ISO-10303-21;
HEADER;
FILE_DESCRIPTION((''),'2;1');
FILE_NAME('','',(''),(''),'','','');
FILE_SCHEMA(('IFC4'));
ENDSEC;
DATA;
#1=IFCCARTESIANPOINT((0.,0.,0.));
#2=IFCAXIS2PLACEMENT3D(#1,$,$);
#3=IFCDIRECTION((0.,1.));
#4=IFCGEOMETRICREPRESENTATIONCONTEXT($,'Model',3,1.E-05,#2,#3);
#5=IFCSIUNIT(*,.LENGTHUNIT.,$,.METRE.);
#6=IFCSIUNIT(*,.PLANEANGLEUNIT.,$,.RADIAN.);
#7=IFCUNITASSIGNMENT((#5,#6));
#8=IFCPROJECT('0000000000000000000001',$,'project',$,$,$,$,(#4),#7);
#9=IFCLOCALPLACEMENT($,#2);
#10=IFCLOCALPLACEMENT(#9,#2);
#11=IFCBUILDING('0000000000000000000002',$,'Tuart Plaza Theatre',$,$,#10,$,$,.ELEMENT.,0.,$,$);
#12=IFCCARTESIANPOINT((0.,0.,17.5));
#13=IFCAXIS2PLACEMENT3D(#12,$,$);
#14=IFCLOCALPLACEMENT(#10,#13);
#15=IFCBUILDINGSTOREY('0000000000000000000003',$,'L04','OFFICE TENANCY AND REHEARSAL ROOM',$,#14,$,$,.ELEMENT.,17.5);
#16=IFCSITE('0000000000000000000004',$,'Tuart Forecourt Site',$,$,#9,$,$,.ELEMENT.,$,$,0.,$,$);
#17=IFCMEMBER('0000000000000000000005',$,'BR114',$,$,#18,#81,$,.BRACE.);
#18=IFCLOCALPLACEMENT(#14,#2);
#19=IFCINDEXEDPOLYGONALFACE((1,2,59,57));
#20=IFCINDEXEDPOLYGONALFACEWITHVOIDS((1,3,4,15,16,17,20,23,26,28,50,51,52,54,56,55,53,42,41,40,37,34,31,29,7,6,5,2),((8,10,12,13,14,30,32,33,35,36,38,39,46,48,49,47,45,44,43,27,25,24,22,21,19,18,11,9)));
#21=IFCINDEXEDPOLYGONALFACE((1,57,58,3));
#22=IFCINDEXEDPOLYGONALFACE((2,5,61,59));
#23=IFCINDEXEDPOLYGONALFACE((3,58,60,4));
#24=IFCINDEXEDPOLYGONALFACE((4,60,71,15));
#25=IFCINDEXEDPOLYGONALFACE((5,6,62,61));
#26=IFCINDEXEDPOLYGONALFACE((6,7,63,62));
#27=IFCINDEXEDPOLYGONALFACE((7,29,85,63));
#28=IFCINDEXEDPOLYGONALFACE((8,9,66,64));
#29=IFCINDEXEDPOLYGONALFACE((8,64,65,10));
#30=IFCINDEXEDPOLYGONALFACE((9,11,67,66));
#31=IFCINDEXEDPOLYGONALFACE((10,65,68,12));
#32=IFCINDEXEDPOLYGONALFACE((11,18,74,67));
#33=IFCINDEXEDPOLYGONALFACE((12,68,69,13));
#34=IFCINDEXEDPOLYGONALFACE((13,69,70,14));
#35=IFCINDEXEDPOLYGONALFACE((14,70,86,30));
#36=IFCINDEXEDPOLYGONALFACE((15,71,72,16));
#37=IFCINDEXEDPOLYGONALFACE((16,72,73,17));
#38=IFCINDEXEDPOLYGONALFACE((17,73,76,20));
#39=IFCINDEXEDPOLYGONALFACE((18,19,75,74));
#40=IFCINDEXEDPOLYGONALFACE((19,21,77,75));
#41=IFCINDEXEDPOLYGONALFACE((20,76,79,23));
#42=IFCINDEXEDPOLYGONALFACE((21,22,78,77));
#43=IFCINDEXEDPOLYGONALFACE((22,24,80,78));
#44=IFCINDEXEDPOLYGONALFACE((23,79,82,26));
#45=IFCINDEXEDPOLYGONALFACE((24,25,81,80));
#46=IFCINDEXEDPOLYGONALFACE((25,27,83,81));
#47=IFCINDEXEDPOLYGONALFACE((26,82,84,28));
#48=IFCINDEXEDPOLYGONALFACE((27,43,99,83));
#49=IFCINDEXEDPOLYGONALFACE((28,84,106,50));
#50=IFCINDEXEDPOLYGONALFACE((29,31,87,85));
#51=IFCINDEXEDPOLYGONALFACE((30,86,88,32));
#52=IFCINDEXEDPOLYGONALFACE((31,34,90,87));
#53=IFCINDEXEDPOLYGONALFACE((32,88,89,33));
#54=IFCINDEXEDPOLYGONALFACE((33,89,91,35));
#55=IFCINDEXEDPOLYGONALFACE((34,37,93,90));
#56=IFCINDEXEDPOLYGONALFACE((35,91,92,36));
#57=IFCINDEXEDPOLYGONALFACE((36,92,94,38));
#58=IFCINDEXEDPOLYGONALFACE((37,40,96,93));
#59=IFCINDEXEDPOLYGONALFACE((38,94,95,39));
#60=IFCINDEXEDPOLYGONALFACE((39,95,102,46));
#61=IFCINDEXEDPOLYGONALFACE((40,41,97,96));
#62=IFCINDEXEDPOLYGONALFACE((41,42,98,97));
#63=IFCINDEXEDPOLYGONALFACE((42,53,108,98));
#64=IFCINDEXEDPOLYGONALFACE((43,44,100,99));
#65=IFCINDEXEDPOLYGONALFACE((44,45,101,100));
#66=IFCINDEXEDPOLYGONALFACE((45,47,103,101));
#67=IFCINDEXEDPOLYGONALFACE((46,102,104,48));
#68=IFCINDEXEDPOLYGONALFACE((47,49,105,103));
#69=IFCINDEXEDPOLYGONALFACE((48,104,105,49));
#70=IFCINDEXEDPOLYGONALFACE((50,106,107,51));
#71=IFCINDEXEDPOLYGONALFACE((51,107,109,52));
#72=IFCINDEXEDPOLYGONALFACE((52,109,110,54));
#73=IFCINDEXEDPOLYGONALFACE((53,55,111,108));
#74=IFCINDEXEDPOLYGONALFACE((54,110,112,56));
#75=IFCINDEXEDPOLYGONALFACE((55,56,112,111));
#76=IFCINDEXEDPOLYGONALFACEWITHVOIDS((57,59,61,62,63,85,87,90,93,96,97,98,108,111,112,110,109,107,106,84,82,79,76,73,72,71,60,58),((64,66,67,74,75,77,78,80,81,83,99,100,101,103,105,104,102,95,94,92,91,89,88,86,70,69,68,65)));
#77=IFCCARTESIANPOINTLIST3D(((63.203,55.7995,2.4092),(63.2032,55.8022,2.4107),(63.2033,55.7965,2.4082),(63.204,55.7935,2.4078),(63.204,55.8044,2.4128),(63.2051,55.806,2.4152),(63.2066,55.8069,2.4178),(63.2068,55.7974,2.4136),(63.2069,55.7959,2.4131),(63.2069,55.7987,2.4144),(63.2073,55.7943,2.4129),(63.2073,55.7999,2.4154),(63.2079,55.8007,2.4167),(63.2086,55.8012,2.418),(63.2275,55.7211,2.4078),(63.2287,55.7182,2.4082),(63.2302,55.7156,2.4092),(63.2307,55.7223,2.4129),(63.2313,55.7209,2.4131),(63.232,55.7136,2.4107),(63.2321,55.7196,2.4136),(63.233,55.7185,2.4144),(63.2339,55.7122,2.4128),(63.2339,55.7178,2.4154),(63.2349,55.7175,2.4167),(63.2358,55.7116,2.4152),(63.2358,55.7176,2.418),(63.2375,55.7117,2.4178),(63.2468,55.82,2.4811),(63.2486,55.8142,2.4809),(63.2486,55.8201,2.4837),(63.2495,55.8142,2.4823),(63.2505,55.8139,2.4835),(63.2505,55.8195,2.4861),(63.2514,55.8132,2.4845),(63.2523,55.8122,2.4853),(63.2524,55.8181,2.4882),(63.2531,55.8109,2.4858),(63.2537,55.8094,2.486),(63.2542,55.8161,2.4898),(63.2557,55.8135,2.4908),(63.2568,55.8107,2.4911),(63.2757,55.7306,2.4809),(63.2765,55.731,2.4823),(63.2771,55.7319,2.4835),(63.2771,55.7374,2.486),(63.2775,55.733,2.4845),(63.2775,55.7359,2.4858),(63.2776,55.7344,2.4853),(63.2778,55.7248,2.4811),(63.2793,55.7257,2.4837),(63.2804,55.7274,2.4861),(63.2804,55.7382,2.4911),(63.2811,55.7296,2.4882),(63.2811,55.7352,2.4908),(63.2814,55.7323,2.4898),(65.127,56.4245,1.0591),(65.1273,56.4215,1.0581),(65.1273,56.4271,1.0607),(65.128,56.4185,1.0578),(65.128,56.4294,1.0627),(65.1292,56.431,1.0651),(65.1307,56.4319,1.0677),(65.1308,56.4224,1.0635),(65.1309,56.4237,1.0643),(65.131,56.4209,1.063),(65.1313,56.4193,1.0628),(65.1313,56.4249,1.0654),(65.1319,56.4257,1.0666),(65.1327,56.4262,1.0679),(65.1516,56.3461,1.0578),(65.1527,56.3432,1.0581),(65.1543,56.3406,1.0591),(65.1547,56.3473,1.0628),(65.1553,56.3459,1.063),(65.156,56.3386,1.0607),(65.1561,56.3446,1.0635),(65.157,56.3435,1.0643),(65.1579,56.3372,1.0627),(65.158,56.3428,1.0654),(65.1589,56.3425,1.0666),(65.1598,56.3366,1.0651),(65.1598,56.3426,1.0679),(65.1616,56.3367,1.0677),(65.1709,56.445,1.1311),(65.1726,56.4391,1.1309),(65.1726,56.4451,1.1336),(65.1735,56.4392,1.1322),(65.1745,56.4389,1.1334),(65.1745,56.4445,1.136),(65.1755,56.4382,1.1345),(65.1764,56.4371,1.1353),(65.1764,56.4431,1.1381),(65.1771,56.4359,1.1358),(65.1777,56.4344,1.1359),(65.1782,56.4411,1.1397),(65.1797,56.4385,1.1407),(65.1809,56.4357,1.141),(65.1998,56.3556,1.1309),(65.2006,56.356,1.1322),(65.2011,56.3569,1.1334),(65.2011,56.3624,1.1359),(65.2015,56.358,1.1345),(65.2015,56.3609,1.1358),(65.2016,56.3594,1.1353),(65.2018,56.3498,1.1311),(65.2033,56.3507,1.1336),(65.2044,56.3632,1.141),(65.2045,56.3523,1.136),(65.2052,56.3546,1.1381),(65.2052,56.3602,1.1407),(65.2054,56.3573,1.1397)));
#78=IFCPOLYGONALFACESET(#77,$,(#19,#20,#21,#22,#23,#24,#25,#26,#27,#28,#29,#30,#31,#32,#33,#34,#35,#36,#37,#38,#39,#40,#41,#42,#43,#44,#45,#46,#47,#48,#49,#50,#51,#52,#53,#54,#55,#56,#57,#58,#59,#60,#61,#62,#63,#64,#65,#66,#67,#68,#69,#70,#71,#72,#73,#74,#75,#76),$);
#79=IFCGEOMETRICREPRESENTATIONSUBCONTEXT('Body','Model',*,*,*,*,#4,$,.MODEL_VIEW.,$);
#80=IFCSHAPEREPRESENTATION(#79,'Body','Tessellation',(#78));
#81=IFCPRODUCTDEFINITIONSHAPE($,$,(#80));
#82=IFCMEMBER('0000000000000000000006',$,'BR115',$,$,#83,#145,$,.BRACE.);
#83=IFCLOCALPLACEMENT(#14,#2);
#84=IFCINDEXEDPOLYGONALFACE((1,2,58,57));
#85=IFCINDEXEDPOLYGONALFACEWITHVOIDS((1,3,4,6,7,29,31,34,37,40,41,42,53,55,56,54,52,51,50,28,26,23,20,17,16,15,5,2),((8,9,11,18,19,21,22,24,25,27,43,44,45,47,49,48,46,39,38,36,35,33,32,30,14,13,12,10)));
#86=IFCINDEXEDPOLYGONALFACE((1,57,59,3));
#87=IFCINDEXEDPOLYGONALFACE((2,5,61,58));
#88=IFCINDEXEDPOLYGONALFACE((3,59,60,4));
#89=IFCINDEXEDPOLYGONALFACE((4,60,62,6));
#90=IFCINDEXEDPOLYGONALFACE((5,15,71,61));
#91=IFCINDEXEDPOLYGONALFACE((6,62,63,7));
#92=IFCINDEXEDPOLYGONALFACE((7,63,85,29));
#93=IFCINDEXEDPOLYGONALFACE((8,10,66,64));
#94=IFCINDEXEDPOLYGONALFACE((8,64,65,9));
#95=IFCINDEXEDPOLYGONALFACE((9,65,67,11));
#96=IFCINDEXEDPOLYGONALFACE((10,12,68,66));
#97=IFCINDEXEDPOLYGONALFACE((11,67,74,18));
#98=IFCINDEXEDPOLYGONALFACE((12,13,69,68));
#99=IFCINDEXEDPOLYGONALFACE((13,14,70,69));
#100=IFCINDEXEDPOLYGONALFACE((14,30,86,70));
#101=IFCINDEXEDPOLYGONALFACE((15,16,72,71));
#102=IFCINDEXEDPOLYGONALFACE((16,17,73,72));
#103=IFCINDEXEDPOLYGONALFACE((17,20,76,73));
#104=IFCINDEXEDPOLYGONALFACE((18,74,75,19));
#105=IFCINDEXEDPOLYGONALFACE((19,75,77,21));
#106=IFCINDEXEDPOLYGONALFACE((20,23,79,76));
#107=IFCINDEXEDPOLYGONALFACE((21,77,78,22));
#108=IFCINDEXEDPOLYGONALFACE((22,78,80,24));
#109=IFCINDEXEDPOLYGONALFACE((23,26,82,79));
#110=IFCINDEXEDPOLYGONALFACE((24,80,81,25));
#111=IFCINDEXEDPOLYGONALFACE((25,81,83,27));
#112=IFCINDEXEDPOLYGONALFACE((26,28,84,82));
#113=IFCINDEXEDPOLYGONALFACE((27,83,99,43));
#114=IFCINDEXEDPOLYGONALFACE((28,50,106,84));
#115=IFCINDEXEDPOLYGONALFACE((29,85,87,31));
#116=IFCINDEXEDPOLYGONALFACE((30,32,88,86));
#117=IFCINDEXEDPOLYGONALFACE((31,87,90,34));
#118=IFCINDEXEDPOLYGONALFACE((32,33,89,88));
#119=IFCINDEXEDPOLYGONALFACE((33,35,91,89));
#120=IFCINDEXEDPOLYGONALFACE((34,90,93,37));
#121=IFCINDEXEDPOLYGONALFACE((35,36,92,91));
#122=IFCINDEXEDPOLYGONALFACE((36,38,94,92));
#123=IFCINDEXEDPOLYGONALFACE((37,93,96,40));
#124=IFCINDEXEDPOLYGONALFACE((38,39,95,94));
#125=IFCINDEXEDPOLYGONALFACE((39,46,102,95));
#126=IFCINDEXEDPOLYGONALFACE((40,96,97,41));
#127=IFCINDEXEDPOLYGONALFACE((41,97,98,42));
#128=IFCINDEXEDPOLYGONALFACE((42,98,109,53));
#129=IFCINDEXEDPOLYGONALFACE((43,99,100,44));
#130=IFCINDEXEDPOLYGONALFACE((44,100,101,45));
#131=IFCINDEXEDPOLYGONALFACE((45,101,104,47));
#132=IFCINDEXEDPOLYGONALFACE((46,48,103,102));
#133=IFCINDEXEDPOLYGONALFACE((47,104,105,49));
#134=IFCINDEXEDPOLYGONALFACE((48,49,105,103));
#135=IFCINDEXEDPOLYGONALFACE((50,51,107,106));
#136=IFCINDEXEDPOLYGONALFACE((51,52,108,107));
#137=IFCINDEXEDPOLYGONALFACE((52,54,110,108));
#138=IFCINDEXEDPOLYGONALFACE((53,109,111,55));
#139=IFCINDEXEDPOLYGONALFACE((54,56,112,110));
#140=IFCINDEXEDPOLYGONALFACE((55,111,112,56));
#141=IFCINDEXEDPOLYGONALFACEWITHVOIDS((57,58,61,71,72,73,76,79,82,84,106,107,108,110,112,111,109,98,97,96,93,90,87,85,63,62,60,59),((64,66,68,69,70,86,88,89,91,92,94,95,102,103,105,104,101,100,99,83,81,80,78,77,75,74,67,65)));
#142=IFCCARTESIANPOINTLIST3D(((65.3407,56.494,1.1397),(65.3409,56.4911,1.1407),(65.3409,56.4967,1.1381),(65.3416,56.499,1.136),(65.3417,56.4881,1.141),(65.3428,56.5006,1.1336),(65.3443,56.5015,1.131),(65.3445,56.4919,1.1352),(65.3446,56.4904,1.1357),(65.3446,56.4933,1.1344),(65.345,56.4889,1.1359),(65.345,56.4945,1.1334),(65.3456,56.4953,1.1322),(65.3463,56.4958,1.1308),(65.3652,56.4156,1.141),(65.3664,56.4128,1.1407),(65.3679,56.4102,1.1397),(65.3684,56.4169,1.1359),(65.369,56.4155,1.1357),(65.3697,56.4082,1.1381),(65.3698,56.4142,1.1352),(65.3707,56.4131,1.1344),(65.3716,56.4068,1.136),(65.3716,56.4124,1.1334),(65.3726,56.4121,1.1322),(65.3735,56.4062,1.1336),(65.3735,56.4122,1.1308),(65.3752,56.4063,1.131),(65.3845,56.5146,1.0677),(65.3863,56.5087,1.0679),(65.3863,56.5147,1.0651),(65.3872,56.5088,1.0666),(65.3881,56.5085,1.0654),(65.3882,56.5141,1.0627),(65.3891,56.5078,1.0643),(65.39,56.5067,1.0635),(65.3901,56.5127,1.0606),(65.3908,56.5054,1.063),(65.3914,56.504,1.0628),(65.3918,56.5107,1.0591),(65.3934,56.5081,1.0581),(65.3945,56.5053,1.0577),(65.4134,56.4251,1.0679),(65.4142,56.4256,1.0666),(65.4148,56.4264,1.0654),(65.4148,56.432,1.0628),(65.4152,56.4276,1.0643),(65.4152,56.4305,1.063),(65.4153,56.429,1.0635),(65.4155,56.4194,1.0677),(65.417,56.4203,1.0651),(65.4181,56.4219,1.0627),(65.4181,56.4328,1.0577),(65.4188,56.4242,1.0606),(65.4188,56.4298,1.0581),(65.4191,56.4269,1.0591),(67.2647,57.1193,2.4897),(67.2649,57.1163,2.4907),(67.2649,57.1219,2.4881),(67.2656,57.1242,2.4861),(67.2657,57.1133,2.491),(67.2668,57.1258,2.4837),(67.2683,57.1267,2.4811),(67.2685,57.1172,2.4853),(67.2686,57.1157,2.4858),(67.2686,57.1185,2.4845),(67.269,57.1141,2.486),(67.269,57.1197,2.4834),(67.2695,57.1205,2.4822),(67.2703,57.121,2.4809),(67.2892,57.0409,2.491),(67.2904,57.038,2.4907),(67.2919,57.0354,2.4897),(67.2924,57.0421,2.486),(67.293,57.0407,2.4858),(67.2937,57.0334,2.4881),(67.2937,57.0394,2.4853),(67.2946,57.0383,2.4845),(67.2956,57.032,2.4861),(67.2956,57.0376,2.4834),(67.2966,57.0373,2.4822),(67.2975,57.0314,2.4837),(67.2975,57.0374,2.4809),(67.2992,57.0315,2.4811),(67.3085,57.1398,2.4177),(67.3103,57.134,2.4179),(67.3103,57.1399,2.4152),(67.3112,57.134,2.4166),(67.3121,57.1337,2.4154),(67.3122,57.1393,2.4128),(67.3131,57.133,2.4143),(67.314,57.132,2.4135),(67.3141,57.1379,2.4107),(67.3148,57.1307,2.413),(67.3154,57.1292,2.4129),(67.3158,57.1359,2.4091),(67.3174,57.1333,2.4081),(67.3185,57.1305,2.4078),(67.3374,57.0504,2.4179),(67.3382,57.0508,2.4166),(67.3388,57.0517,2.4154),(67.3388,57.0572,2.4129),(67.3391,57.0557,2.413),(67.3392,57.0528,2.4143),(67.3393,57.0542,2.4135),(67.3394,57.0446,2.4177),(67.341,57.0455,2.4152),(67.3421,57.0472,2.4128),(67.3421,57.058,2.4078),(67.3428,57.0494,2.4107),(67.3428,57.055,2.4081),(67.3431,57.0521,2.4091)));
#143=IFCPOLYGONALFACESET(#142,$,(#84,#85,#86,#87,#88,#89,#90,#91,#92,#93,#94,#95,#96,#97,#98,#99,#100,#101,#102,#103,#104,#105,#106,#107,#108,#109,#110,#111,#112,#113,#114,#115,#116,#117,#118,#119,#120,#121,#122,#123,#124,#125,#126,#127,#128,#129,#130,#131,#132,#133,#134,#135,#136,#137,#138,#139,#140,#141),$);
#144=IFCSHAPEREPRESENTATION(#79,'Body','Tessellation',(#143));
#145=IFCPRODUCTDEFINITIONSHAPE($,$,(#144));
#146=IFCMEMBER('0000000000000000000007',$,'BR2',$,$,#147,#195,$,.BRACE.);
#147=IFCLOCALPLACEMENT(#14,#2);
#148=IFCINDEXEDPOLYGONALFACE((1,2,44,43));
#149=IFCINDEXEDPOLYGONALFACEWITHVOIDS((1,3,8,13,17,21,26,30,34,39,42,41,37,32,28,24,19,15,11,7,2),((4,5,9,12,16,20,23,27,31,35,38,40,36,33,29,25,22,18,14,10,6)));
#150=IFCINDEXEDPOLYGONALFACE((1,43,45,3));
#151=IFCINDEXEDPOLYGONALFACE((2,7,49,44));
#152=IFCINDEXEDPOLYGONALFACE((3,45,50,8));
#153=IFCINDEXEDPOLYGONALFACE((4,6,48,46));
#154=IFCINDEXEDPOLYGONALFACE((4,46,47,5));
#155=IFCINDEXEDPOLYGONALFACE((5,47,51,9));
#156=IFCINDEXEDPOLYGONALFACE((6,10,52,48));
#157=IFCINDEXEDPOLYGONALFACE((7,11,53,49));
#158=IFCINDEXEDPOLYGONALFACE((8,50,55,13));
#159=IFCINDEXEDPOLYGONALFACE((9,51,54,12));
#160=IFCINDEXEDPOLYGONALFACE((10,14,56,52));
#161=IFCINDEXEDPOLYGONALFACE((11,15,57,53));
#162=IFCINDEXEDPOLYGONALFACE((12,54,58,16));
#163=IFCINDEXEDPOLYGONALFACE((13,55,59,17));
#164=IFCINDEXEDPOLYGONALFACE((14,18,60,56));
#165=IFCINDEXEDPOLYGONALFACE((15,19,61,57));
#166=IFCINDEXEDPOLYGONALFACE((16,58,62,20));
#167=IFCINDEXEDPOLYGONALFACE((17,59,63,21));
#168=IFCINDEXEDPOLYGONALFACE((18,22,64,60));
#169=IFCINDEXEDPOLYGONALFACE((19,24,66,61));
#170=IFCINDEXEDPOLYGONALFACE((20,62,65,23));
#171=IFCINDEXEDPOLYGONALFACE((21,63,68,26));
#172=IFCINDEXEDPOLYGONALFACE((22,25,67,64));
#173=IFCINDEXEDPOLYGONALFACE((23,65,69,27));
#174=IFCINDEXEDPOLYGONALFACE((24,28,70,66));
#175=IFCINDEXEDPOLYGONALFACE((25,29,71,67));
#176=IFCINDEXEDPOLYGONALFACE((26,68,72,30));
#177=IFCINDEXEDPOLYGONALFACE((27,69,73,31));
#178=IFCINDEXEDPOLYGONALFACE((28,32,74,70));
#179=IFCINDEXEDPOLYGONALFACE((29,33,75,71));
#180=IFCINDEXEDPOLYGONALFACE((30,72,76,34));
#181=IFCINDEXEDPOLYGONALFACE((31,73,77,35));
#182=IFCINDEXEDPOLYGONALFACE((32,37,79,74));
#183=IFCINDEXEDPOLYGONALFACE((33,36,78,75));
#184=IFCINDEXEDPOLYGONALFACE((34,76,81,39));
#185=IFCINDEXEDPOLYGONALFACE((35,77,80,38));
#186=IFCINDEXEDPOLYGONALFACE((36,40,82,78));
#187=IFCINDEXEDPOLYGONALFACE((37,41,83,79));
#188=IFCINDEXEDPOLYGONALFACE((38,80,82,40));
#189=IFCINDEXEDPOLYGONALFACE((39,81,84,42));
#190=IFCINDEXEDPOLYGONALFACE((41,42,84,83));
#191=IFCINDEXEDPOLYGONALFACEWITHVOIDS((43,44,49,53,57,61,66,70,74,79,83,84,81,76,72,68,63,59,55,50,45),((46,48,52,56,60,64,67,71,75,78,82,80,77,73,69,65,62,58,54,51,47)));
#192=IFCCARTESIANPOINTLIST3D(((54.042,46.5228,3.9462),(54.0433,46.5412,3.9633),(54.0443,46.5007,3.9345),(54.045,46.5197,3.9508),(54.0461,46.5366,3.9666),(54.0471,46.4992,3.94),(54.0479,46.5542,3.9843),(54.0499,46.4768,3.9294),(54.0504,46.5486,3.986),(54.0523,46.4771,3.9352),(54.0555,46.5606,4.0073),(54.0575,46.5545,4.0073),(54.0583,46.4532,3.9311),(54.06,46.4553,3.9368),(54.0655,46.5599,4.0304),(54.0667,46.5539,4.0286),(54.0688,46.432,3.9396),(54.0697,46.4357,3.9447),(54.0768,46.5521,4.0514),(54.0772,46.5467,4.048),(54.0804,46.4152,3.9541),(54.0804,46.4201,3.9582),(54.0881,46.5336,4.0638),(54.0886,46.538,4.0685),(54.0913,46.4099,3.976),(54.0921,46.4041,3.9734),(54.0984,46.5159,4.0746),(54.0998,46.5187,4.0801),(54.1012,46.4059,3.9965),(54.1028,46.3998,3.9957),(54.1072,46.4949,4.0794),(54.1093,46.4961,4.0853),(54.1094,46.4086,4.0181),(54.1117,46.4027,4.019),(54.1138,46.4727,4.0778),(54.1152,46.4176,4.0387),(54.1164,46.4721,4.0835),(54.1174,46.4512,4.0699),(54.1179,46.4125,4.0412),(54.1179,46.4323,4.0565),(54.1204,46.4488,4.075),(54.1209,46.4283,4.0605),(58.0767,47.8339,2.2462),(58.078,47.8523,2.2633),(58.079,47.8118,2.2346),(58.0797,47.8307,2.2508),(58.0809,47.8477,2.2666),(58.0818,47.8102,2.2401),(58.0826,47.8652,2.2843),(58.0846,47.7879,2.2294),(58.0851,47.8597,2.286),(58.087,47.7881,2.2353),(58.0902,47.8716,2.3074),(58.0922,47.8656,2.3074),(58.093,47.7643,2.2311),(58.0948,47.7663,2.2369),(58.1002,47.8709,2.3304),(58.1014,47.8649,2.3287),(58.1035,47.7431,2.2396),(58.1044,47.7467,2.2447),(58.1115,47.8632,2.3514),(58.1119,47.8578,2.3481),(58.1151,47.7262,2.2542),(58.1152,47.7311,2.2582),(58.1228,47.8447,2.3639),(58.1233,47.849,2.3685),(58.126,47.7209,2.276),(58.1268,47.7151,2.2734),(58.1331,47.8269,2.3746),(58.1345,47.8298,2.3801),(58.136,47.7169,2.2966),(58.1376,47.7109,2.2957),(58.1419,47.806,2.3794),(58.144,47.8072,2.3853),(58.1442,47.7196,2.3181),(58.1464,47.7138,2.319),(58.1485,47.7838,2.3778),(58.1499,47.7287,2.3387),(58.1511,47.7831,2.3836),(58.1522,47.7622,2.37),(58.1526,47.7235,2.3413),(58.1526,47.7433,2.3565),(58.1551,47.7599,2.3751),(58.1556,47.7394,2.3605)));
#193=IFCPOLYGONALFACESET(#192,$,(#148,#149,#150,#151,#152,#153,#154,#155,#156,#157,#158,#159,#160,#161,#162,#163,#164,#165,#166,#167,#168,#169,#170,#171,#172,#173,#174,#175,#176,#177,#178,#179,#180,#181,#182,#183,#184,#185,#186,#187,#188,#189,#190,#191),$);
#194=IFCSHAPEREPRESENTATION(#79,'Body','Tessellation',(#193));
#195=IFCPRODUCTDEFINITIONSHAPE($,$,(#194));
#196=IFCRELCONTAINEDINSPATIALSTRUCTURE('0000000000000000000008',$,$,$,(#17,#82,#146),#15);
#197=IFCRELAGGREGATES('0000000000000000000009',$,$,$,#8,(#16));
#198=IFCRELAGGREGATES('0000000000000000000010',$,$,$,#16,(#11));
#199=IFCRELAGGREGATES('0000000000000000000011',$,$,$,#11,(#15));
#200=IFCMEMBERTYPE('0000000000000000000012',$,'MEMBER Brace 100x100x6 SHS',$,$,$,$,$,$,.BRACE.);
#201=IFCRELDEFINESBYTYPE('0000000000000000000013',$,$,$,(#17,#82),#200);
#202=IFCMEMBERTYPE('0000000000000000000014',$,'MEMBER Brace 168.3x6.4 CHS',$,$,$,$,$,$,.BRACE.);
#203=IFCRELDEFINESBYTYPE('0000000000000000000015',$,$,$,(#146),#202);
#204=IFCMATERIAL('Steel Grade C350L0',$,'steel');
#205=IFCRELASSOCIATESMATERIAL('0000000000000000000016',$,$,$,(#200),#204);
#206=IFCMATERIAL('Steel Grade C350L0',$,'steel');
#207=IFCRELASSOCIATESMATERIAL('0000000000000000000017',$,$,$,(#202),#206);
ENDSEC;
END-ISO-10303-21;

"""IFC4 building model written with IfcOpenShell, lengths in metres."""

from ifc_helpers import new_model, si_unit, direction, frame, origin, origin_2d, place, context, subcontext, project, spatial, hollow_rectangle, hollow_circle, extrude, material, material_profile, profile_set, type_object, element, save


model = new_model("IFC4")

# Units and contexts
model_context = context("Model", 3, precision=1e-05, world=origin(), true_north=direction((0.0, 1.0)))
body_context = subcontext(model_context, "Body", "Model", "MODEL_VIEW")
ifc_project = project(units=[si_unit("LENGTHUNIT", "METRE"), si_unit("PLANEANGLEUNIT", "RADIAN")], contexts=[model_context])

# Site, building, storey
site_placement = place(None, origin())
site = spatial("IfcSite", under=ifc_project, at=site_placement, Name="Tuart Forecourt Site", CompositionType="ELEMENT", RefElevation=0.0)
building_placement = place(site_placement, origin())
building = spatial("IfcBuilding", under=site, at=building_placement, Name="Tuart Plaza Theatre", CompositionType="ELEMENT", ElevationOfRefHeight=0.0)
storey_placement = place(building_placement, frame((0.0, 0.0, 17.5)))
storey = spatial("IfcBuildingStorey", under=building, at=storey_placement, Name="L04", Description="OFFICE TENANCY AND REHEARSAL ROOM", CompositionType="ELEMENT", Elevation=17.5)

# Members
ifc_material_1 = material(Name="Steel Grade C350L0", Category="steel")
ifc_material_profile_1 = material_profile(ifc_material_1, hollow_rectangle(XDim=0.1001, YDim=0.1001, WallThickness=0.0061, InnerFilletRadius=0.0061, OuterFilletRadius=0.012, at=origin_2d()), Name="100x100x6 SHS")
ifc_profile_set_1 = profile_set([ifc_material_profile_1], Name="Steel Grade C350L0")
member_type_1 = type_object("IfcMemberType", Name="MEMBER Brace 100x100x6 SHS", PredefinedType="BRACE", material=ifc_profile_set_1)
for number, where, z_axis, x_axis, name in (
    (1, (63.2422, 55.7659, 2.4495), (0.791093, 0.256972, -0.5551), (-0.308941, 0.951081, 0.0), "BR114"),
    (2, (65.3799, 56.4604, 1.0994), (0.791073, 0.257066, 0.555086), (-0.309051, 0.951046, 0.0), "BR115"),
):
    element("IfcMember", number, at=place(storey_placement, frame(where, z_axis=z_axis, x_axis=x_axis)), inside=storey, type_object=member_type_1, Name=name, PredefinedType="BRACE", context=body_context, shape_type="SweptSolid", body=[
        extrude(hollow_rectangle(XDim=0.1001, YDim=0.1001, WallThickness=0.0061, InnerFilletRadius=0.0061, OuterFilletRadius=0.012, at=origin_2d()), origin(), (0.0, 0.0, 1.0), 2.4321),
    ])
ifc_material_2 = material(Name="Steel Grade C350L0", Category="steel")
ifc_material_profile_2 = material_profile(ifc_material_2, hollow_circle(Radius=0.0842, WallThickness=0.0063, at=origin_2d()), Name="168.3x6.4 CHS")
ifc_profile_set_2 = profile_set([ifc_material_profile_2], Name="Steel Grade C350L0")
member_type_2 = type_object("IfcMemberType", Name="MEMBER Brace 168.3x6.4 CHS", PredefinedType="BRACE", material=ifc_profile_set_2)
member_1_placement = place(storey_placement, frame((54.0815, 46.4805, 4.0073), z_axis=(0.882811, 0.286863, -0.37196), x_axis=(-0.309037, 0.95105, 0.0)))
element("IfcMember", 3, at=member_1_placement, inside=storey, type_object=member_type_2, Name="BR2", PredefinedType="BRACE", context=body_context, shape_type="SweptSolid", body=[
    extrude(hollow_circle(Radius=0.0842, WallThickness=0.0063, at=origin_2d()), origin(), (0.0, 0.0, 1.0), 4.5703),
])

save(model, "model.ifc")
